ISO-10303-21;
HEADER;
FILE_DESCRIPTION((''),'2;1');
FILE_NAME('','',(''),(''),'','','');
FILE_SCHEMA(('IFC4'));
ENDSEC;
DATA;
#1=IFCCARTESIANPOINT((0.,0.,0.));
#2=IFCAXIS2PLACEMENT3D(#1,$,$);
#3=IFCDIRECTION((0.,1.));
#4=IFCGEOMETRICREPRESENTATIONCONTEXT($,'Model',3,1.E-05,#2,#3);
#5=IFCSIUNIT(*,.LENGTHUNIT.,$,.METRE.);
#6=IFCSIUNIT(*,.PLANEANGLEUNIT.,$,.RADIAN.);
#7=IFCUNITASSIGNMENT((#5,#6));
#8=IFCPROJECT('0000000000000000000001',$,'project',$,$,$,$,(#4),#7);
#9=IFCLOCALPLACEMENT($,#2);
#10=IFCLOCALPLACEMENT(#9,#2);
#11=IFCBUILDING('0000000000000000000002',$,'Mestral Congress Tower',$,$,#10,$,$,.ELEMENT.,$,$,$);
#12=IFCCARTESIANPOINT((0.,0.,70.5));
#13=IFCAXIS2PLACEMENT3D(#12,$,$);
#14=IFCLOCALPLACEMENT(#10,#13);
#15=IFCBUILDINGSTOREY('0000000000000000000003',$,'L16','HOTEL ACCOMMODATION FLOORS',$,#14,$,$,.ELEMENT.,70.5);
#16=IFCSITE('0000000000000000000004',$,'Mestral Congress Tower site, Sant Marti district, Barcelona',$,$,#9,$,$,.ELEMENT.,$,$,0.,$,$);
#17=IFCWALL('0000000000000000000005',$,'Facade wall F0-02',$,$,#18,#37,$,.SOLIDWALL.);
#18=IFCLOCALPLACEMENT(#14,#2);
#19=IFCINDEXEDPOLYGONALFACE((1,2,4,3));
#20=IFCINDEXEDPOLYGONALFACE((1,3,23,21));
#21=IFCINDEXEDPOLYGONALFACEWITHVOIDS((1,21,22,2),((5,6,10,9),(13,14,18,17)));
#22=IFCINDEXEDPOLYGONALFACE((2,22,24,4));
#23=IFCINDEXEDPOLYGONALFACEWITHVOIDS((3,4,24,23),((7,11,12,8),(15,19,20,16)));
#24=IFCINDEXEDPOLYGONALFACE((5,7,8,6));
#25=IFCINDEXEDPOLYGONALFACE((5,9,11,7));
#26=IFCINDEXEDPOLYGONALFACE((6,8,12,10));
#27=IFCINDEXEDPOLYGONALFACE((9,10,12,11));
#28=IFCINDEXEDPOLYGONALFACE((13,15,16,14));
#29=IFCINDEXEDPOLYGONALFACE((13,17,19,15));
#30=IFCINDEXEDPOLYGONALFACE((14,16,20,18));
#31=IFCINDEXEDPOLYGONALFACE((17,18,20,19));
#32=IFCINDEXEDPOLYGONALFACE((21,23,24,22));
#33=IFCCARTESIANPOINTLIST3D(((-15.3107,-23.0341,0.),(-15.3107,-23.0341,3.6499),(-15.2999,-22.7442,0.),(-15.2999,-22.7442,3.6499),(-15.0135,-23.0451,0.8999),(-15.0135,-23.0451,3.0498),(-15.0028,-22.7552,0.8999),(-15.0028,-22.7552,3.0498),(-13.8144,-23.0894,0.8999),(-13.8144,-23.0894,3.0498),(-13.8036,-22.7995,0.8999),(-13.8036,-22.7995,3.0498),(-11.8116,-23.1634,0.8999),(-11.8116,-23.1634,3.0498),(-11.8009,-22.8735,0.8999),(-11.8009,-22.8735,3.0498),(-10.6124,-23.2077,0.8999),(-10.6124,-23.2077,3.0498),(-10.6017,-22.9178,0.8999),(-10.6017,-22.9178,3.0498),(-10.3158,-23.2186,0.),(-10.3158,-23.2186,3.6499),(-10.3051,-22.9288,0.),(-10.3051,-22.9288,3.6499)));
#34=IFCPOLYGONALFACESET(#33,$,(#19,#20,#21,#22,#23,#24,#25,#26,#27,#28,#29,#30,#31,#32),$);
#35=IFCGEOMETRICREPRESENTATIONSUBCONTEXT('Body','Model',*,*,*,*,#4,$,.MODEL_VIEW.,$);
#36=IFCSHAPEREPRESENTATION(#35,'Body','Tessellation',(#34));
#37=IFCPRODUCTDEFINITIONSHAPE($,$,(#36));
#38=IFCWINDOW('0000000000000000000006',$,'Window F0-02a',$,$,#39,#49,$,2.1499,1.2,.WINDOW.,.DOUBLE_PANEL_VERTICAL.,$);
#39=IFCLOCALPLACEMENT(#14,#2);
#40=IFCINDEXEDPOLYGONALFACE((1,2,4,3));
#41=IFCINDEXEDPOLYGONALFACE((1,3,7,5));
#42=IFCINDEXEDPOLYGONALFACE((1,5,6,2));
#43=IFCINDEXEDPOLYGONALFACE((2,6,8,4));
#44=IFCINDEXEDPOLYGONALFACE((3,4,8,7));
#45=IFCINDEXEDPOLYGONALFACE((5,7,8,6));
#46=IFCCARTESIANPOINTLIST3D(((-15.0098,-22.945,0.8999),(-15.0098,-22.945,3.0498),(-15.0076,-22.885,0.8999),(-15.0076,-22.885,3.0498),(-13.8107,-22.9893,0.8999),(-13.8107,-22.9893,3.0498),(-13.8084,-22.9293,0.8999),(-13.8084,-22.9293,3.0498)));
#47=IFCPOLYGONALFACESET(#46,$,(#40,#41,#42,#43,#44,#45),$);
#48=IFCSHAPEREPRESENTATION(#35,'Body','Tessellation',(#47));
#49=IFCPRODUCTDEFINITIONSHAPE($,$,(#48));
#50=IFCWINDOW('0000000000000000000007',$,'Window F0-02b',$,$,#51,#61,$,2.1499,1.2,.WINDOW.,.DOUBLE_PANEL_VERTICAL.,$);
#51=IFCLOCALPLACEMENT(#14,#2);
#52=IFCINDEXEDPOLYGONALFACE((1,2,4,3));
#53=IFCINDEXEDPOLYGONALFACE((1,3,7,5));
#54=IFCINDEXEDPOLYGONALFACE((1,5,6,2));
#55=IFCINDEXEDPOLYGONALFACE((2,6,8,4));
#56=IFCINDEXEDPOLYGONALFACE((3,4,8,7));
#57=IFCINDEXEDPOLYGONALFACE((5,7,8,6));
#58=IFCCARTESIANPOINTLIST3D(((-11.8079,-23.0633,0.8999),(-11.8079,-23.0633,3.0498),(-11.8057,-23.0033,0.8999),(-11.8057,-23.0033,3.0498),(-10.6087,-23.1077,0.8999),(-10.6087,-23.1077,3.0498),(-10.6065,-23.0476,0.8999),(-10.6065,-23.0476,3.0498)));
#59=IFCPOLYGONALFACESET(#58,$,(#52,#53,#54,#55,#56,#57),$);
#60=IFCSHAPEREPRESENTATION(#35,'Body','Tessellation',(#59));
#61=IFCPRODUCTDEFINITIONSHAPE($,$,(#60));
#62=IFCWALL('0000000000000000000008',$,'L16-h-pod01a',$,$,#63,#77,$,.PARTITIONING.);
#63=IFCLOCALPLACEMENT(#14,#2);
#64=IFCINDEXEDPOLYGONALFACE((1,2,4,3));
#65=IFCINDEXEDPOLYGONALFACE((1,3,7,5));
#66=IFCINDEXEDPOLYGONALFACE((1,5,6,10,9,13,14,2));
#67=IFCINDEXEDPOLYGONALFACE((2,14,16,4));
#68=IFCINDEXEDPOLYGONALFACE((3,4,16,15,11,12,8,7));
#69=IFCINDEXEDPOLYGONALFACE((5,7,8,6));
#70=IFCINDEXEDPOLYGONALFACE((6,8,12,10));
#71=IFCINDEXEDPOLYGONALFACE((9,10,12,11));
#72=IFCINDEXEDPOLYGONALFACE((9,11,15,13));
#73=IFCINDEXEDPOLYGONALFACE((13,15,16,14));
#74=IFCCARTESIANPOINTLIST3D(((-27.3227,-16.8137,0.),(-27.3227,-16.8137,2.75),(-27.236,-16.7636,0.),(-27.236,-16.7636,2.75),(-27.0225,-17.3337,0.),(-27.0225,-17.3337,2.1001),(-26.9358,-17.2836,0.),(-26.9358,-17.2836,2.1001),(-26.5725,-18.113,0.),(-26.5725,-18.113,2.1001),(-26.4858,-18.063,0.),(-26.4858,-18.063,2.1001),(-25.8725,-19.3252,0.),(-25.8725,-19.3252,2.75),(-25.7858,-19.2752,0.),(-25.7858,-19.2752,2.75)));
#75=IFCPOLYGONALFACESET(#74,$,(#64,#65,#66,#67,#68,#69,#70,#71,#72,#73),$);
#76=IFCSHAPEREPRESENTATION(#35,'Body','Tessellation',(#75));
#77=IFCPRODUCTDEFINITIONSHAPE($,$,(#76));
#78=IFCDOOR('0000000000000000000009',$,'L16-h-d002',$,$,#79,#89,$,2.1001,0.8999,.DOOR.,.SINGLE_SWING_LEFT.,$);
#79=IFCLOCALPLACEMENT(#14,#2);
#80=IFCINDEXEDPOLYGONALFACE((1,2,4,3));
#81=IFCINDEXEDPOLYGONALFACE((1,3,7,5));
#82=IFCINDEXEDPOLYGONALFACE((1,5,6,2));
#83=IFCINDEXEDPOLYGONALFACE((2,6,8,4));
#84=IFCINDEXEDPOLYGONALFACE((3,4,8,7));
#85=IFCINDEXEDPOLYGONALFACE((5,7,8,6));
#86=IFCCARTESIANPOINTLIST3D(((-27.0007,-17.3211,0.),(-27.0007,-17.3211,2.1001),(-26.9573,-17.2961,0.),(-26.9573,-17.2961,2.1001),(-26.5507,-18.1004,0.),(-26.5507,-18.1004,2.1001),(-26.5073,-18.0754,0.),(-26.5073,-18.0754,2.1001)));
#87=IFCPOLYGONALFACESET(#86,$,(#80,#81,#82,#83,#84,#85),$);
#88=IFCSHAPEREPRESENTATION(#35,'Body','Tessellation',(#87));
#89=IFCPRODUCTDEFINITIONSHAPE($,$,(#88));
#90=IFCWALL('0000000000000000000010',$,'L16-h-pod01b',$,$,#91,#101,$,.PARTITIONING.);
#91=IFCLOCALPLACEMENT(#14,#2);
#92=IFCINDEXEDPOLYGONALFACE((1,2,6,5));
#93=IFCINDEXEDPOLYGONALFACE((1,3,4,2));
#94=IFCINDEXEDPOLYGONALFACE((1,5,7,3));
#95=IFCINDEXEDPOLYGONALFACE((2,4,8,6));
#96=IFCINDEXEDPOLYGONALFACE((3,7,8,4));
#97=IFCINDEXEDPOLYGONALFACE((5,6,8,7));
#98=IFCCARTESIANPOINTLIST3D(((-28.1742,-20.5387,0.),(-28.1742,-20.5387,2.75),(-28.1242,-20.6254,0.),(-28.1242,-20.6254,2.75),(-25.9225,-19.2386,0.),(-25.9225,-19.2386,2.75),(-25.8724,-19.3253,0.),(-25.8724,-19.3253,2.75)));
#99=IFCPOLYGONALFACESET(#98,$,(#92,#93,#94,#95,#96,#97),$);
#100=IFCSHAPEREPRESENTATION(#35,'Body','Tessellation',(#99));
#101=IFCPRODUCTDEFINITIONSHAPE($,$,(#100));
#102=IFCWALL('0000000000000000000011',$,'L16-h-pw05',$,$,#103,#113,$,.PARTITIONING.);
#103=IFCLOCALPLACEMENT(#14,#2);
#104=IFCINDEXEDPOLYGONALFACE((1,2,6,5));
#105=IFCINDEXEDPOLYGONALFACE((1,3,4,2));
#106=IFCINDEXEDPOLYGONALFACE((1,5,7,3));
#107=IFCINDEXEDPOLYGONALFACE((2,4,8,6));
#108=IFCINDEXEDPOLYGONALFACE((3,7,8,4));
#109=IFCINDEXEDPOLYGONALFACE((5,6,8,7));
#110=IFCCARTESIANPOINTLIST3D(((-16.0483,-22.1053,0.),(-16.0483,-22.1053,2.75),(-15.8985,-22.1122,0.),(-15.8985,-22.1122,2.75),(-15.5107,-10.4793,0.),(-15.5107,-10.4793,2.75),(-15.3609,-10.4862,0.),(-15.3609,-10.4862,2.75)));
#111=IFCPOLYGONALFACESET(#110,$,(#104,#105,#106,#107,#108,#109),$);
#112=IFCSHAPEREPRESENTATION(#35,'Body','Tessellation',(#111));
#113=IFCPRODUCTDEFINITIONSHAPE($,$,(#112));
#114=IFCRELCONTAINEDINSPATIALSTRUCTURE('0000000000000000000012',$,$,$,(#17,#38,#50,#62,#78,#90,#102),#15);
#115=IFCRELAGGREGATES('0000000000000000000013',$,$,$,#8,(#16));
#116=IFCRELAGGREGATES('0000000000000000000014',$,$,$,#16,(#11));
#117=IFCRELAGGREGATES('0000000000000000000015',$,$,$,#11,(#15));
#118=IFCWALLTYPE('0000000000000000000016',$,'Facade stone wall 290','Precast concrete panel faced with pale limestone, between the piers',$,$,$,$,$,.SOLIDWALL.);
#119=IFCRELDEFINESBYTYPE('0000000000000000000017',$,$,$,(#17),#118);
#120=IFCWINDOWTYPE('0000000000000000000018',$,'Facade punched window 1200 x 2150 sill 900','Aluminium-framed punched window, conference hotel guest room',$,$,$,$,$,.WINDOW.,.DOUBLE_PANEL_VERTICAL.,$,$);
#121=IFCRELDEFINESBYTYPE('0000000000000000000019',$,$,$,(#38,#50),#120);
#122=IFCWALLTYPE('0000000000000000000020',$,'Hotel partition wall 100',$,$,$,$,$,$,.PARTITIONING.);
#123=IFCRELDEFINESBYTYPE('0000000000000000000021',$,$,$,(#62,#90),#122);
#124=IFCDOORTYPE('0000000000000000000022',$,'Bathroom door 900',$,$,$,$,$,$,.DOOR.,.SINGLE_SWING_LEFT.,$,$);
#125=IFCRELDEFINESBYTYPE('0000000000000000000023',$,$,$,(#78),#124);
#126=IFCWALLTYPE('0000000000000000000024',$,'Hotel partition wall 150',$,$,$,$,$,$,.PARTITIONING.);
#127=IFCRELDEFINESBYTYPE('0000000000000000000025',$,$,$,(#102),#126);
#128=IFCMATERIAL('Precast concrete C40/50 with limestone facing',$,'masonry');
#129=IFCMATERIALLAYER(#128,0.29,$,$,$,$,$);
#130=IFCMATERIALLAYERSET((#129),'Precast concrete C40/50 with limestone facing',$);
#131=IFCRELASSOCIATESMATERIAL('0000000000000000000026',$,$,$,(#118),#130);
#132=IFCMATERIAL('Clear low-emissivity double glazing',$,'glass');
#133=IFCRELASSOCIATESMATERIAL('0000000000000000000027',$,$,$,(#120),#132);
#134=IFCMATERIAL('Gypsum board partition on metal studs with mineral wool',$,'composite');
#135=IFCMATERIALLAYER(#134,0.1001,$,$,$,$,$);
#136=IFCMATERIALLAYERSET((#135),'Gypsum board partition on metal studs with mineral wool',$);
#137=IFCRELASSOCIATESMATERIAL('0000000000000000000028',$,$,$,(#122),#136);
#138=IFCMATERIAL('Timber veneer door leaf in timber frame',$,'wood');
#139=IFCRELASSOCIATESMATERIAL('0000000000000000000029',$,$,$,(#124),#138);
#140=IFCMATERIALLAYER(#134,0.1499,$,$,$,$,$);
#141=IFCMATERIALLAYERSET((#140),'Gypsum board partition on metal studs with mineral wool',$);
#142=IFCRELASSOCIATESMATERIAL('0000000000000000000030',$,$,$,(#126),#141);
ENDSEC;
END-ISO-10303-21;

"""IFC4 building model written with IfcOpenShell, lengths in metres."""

from ifc_helpers import new_model, si_unit, direction, frame, frame_2d, origin, place, context, subcontext, project, spatial, rectangle, extrude, material, layer, layer_set, type_object, element, fill, save


model = new_model("IFC4")

# Units and contexts
model_context = context("Model", 3, precision=1e-05, world=origin(), true_north=direction((0.0, 1.0)))
body_context = subcontext(model_context, "Body", "Model", "MODEL_VIEW")
ifc_project = project(units=[si_unit("LENGTHUNIT", "METRE"), si_unit("PLANEANGLEUNIT", "RADIAN")], contexts=[model_context])

# Site, building, storey
site_placement = place(None, origin())
site = spatial("IfcSite", under=ifc_project, at=site_placement, Name="Mestral Congress Tower site, Sant Marti district, Barcelona", CompositionType="ELEMENT", RefElevation=0.0)
building_placement = place(site_placement, origin())
building = spatial("IfcBuilding", under=site, at=building_placement, Name="Mestral Congress Tower", CompositionType="ELEMENT")
storey_placement = place(building_placement, frame((0.0, 0.0, 70.5)))
storey = spatial("IfcBuildingStorey", under=building, at=storey_placement, Name="L16", Description="HOTEL ACCOMMODATION FLOORS", CompositionType="ELEMENT", Elevation=70.5)

# Wall, openings, windows
ifc_material_1 = material(Name="Precast concrete C40/50 with limestone facing", Category="masonry")
ifc_layer_1 = layer(ifc_material_1, 0.29)
ifc_layer_set_1 = layer_set([ifc_layer_1], Name="Precast concrete C40/50 with limestone facing")
wall_type_1 = type_object("IfcWallType", Name="Facade stone wall 290", Description="Precast concrete panel faced with pale limestone, between the piers", PredefinedType="SOLIDWALL", material=ifc_layer_set_1)
ifc_material_2 = material(Name="Clear low-emissivity double glazing", Category="glass")
window_type = type_object("IfcWindowType", Name="Facade punched window 1200 x 2150 sill 900", Description="Aluminium-framed punched window, conference hotel guest room", PartitioningType="DOUBLE_PANEL_VERTICAL", PredefinedType="WINDOW", material=ifc_material_2)
wall_1_placement = place(storey_placement, frame((-15.3052, -22.8892, 0.0), z_axis=(0.0, 0.0, 1.0), x_axis=(0.999318, -0.036927, 0.0)))
wall_1 = element("IfcWall", 1, at=wall_1_placement, inside=storey, type_object=wall_type_1, Name="Facade wall F0-02", PredefinedType="SOLIDWALL", context=body_context, shape_type="SweptSolid", body=[
    extrude(rectangle(XDim=4.9983, YDim=0.29, at=frame_2d((2.499, 0.0))), origin(), (0.0, 0.0, 1.0), 3.6499),
])
opening_1_placement = place(wall_1_placement, frame((0.2971, 0.0, 0.8999)))
opening_1 = element("IfcOpeningElement", 2, at=opening_1_placement, cuts=wall_1, PredefinedType="OPENING", context=body_context, shape_type="SweptSolid", body=[
    extrude(rectangle(XDim=1.2, YDim=2.1499, at=frame_2d((0.6001, 1.075))), frame((0.0, 0.155, 0.0), z_axis=(0.0, -1.0, 0.0), x_axis=(1.0, 0.0, 0.0)), (0.0, 0.0, 1.0), 0.3101),
])
opening_2_placement = place(wall_1_placement, frame((3.5012, 0.0, 0.8999)))
opening_2 = element("IfcOpeningElement", 3, at=opening_2_placement, cuts=wall_1, PredefinedType="OPENING", context=body_context, shape_type="SweptSolid", body=[
    extrude(rectangle(XDim=1.2, YDim=2.1499, at=frame_2d((0.6001, 1.075))), frame((0.0, 0.155, 0.0), z_axis=(0.0, -1.0, 0.0), x_axis=(1.0, 0.0, 0.0)), (0.0, 0.0, 1.0), 0.3101),
])
window_1_placement = place(opening_1_placement, origin())
window_1 = element("IfcWindow", 4, at=window_1_placement, inside=storey, type_object=window_type, Name="Window F0-02a", OverallHeight=2.1499, OverallWidth=1.2, PartitioningType="DOUBLE_PANEL_VERTICAL", PredefinedType="WINDOW", context=body_context, shape_type="SweptSolid", body=[
    extrude(rectangle(XDim=1.2, YDim=2.1499, at=frame_2d((0.6001, 1.075))), frame((0.0, 0.0151, 0.0), z_axis=(0.0, -1.0, 0.0), x_axis=(1.0, 0.0, 0.0)), (0.0, 0.0, 1.0), 0.0601),
])
fill(opening_1, window_1)
window_2_placement = place(opening_2_placement, origin())
window_2 = element("IfcWindow", 5, at=window_2_placement, inside=storey, type_object=window_type, Name="Window F0-02b", OverallHeight=2.1499, OverallWidth=1.2, PartitioningType="DOUBLE_PANEL_VERTICAL", PredefinedType="WINDOW", context=body_context, shape_type="SweptSolid", body=[
    extrude(rectangle(XDim=1.2, YDim=2.1499, at=frame_2d((0.6001, 1.075))), frame((0.0, 0.0151, 0.0), z_axis=(0.0, -1.0, 0.0), x_axis=(1.0, 0.0, 0.0)), (0.0, 0.0, 1.0), 0.0601),
])
fill(opening_2, window_2)

# Wall, opening, door
ifc_material_3 = material(Name="Gypsum board partition on metal studs with mineral wool", Category="composite")
ifc_layer_2 = layer(ifc_material_3, 0.1001)
ifc_layer_set_2 = layer_set([ifc_layer_2], Name="Gypsum board partition on metal studs with mineral wool")
wall_type_2 = type_object("IfcWallType", Name="Hotel partition wall 100", PredefinedType="PARTITIONING", material=ifc_layer_set_2)
wall_2_placement = place(storey_placement, frame((-25.8291, -19.3003, 0.0), z_axis=(0.0, 0.0, 1.0), x_axis=(-0.50005, 0.865996, 0.0)))
wall_2 = element("IfcWall", 6, at=wall_2_placement, inside=storey, type_object=wall_type_2, Name="L16-h-pod01a", PredefinedType="PARTITIONING", context=body_context, shape_type="SweptSolid", body=[
    extrude(rectangle(XDim=2.9001, YDim=0.1001, at=frame_2d((1.4502, 0.0))), origin(), (0.0, 0.0, 1.0), 2.75),
])
opening_3_placement = place(wall_2_placement, frame((1.3999, 0.0, 0.0)))
opening_3 = element("IfcOpeningElement", 7, at=opening_3_placement, cuts=wall_2, PredefinedType="OPENING", context=body_context, shape_type="SweptSolid", body=[
    extrude(rectangle(XDim=0.8999, YDim=2.1001, at=frame_2d((0.45, 1.05))), frame((0.0, 0.0601, 0.0), z_axis=(0.0, -1.0, 0.0), x_axis=(1.0, 0.0, 0.0)), (0.0, 0.0, 1.0), 0.1201),
])
ifc_material_4 = material(Name="Timber veneer door leaf in timber frame", Category="wood")
door_type = type_object("IfcDoorType", Name="Bathroom door 900", OperationType="SINGLE_SWING_LEFT", PredefinedType="DOOR", material=ifc_material_4)
door_placement = place(opening_3_placement, origin())
door = element("IfcDoor", 8, at=door_placement, inside=storey, type_object=door_type, Name="L16-h-d002", OperationType="SINGLE_SWING_LEFT", OverallHeight=2.1001, OverallWidth=0.8999, PredefinedType="DOOR", context=body_context, shape_type="SweptSolid", body=[
    extrude(rectangle(XDim=0.8999, YDim=2.1001, at=frame_2d((0.45, 1.05))), frame((0.0, 0.0249, 0.0), z_axis=(0.0, -1.0, 0.0), x_axis=(1.0, 0.0, 0.0)), (0.0, 0.0, 1.0), 0.05),
])
fill(opening_3, door)

# Walls
wall_3_placement = place(storey_placement, frame((-25.8975, -19.282, 0.0), z_axis=(0.0, 0.0, 1.0), x_axis=(-0.866021, -0.500007, 0.0)))
element("IfcWall", 9, at=wall_3_placement, inside=storey, type_object=wall_type_2, Name="L16-h-pod01b", PredefinedType="PARTITIONING", context=body_context, shape_type="SweptSolid", body=[
    extrude(rectangle(XDim=2.6001, YDim=0.1001, at=frame_2d((1.3, 0.0))), origin(), (0.0, 0.0, 1.0), 2.75),
])
ifc_layer_3 = layer(ifc_material_3, 0.1499)
ifc_layer_set_3 = layer_set([ifc_layer_3], Name="Gypsum board partition on metal studs with mineral wool")
wall_type_3 = type_object("IfcWallType", Name="Hotel partition wall 150", PredefinedType="PARTITIONING", material=ifc_layer_set_3)
wall_4_placement = place(storey_placement, frame((-15.9734, -22.1089, 0.0), z_axis=(0.0, 0.0, 1.0), x_axis=(0.046192, 0.998933, 0.0)))
element("IfcWall", 10, at=wall_4_placement, inside=storey, type_object=wall_type_3, Name="L16-h-pw05", PredefinedType="PARTITIONING", context=body_context, shape_type="SweptSolid", body=[
    extrude(rectangle(XDim=11.6384, YDim=0.1499, at=frame_2d((5.8193, 0.0))), origin(), (0.0, 0.0, 1.0), 2.75),
])

save(model, "model.ifc")
